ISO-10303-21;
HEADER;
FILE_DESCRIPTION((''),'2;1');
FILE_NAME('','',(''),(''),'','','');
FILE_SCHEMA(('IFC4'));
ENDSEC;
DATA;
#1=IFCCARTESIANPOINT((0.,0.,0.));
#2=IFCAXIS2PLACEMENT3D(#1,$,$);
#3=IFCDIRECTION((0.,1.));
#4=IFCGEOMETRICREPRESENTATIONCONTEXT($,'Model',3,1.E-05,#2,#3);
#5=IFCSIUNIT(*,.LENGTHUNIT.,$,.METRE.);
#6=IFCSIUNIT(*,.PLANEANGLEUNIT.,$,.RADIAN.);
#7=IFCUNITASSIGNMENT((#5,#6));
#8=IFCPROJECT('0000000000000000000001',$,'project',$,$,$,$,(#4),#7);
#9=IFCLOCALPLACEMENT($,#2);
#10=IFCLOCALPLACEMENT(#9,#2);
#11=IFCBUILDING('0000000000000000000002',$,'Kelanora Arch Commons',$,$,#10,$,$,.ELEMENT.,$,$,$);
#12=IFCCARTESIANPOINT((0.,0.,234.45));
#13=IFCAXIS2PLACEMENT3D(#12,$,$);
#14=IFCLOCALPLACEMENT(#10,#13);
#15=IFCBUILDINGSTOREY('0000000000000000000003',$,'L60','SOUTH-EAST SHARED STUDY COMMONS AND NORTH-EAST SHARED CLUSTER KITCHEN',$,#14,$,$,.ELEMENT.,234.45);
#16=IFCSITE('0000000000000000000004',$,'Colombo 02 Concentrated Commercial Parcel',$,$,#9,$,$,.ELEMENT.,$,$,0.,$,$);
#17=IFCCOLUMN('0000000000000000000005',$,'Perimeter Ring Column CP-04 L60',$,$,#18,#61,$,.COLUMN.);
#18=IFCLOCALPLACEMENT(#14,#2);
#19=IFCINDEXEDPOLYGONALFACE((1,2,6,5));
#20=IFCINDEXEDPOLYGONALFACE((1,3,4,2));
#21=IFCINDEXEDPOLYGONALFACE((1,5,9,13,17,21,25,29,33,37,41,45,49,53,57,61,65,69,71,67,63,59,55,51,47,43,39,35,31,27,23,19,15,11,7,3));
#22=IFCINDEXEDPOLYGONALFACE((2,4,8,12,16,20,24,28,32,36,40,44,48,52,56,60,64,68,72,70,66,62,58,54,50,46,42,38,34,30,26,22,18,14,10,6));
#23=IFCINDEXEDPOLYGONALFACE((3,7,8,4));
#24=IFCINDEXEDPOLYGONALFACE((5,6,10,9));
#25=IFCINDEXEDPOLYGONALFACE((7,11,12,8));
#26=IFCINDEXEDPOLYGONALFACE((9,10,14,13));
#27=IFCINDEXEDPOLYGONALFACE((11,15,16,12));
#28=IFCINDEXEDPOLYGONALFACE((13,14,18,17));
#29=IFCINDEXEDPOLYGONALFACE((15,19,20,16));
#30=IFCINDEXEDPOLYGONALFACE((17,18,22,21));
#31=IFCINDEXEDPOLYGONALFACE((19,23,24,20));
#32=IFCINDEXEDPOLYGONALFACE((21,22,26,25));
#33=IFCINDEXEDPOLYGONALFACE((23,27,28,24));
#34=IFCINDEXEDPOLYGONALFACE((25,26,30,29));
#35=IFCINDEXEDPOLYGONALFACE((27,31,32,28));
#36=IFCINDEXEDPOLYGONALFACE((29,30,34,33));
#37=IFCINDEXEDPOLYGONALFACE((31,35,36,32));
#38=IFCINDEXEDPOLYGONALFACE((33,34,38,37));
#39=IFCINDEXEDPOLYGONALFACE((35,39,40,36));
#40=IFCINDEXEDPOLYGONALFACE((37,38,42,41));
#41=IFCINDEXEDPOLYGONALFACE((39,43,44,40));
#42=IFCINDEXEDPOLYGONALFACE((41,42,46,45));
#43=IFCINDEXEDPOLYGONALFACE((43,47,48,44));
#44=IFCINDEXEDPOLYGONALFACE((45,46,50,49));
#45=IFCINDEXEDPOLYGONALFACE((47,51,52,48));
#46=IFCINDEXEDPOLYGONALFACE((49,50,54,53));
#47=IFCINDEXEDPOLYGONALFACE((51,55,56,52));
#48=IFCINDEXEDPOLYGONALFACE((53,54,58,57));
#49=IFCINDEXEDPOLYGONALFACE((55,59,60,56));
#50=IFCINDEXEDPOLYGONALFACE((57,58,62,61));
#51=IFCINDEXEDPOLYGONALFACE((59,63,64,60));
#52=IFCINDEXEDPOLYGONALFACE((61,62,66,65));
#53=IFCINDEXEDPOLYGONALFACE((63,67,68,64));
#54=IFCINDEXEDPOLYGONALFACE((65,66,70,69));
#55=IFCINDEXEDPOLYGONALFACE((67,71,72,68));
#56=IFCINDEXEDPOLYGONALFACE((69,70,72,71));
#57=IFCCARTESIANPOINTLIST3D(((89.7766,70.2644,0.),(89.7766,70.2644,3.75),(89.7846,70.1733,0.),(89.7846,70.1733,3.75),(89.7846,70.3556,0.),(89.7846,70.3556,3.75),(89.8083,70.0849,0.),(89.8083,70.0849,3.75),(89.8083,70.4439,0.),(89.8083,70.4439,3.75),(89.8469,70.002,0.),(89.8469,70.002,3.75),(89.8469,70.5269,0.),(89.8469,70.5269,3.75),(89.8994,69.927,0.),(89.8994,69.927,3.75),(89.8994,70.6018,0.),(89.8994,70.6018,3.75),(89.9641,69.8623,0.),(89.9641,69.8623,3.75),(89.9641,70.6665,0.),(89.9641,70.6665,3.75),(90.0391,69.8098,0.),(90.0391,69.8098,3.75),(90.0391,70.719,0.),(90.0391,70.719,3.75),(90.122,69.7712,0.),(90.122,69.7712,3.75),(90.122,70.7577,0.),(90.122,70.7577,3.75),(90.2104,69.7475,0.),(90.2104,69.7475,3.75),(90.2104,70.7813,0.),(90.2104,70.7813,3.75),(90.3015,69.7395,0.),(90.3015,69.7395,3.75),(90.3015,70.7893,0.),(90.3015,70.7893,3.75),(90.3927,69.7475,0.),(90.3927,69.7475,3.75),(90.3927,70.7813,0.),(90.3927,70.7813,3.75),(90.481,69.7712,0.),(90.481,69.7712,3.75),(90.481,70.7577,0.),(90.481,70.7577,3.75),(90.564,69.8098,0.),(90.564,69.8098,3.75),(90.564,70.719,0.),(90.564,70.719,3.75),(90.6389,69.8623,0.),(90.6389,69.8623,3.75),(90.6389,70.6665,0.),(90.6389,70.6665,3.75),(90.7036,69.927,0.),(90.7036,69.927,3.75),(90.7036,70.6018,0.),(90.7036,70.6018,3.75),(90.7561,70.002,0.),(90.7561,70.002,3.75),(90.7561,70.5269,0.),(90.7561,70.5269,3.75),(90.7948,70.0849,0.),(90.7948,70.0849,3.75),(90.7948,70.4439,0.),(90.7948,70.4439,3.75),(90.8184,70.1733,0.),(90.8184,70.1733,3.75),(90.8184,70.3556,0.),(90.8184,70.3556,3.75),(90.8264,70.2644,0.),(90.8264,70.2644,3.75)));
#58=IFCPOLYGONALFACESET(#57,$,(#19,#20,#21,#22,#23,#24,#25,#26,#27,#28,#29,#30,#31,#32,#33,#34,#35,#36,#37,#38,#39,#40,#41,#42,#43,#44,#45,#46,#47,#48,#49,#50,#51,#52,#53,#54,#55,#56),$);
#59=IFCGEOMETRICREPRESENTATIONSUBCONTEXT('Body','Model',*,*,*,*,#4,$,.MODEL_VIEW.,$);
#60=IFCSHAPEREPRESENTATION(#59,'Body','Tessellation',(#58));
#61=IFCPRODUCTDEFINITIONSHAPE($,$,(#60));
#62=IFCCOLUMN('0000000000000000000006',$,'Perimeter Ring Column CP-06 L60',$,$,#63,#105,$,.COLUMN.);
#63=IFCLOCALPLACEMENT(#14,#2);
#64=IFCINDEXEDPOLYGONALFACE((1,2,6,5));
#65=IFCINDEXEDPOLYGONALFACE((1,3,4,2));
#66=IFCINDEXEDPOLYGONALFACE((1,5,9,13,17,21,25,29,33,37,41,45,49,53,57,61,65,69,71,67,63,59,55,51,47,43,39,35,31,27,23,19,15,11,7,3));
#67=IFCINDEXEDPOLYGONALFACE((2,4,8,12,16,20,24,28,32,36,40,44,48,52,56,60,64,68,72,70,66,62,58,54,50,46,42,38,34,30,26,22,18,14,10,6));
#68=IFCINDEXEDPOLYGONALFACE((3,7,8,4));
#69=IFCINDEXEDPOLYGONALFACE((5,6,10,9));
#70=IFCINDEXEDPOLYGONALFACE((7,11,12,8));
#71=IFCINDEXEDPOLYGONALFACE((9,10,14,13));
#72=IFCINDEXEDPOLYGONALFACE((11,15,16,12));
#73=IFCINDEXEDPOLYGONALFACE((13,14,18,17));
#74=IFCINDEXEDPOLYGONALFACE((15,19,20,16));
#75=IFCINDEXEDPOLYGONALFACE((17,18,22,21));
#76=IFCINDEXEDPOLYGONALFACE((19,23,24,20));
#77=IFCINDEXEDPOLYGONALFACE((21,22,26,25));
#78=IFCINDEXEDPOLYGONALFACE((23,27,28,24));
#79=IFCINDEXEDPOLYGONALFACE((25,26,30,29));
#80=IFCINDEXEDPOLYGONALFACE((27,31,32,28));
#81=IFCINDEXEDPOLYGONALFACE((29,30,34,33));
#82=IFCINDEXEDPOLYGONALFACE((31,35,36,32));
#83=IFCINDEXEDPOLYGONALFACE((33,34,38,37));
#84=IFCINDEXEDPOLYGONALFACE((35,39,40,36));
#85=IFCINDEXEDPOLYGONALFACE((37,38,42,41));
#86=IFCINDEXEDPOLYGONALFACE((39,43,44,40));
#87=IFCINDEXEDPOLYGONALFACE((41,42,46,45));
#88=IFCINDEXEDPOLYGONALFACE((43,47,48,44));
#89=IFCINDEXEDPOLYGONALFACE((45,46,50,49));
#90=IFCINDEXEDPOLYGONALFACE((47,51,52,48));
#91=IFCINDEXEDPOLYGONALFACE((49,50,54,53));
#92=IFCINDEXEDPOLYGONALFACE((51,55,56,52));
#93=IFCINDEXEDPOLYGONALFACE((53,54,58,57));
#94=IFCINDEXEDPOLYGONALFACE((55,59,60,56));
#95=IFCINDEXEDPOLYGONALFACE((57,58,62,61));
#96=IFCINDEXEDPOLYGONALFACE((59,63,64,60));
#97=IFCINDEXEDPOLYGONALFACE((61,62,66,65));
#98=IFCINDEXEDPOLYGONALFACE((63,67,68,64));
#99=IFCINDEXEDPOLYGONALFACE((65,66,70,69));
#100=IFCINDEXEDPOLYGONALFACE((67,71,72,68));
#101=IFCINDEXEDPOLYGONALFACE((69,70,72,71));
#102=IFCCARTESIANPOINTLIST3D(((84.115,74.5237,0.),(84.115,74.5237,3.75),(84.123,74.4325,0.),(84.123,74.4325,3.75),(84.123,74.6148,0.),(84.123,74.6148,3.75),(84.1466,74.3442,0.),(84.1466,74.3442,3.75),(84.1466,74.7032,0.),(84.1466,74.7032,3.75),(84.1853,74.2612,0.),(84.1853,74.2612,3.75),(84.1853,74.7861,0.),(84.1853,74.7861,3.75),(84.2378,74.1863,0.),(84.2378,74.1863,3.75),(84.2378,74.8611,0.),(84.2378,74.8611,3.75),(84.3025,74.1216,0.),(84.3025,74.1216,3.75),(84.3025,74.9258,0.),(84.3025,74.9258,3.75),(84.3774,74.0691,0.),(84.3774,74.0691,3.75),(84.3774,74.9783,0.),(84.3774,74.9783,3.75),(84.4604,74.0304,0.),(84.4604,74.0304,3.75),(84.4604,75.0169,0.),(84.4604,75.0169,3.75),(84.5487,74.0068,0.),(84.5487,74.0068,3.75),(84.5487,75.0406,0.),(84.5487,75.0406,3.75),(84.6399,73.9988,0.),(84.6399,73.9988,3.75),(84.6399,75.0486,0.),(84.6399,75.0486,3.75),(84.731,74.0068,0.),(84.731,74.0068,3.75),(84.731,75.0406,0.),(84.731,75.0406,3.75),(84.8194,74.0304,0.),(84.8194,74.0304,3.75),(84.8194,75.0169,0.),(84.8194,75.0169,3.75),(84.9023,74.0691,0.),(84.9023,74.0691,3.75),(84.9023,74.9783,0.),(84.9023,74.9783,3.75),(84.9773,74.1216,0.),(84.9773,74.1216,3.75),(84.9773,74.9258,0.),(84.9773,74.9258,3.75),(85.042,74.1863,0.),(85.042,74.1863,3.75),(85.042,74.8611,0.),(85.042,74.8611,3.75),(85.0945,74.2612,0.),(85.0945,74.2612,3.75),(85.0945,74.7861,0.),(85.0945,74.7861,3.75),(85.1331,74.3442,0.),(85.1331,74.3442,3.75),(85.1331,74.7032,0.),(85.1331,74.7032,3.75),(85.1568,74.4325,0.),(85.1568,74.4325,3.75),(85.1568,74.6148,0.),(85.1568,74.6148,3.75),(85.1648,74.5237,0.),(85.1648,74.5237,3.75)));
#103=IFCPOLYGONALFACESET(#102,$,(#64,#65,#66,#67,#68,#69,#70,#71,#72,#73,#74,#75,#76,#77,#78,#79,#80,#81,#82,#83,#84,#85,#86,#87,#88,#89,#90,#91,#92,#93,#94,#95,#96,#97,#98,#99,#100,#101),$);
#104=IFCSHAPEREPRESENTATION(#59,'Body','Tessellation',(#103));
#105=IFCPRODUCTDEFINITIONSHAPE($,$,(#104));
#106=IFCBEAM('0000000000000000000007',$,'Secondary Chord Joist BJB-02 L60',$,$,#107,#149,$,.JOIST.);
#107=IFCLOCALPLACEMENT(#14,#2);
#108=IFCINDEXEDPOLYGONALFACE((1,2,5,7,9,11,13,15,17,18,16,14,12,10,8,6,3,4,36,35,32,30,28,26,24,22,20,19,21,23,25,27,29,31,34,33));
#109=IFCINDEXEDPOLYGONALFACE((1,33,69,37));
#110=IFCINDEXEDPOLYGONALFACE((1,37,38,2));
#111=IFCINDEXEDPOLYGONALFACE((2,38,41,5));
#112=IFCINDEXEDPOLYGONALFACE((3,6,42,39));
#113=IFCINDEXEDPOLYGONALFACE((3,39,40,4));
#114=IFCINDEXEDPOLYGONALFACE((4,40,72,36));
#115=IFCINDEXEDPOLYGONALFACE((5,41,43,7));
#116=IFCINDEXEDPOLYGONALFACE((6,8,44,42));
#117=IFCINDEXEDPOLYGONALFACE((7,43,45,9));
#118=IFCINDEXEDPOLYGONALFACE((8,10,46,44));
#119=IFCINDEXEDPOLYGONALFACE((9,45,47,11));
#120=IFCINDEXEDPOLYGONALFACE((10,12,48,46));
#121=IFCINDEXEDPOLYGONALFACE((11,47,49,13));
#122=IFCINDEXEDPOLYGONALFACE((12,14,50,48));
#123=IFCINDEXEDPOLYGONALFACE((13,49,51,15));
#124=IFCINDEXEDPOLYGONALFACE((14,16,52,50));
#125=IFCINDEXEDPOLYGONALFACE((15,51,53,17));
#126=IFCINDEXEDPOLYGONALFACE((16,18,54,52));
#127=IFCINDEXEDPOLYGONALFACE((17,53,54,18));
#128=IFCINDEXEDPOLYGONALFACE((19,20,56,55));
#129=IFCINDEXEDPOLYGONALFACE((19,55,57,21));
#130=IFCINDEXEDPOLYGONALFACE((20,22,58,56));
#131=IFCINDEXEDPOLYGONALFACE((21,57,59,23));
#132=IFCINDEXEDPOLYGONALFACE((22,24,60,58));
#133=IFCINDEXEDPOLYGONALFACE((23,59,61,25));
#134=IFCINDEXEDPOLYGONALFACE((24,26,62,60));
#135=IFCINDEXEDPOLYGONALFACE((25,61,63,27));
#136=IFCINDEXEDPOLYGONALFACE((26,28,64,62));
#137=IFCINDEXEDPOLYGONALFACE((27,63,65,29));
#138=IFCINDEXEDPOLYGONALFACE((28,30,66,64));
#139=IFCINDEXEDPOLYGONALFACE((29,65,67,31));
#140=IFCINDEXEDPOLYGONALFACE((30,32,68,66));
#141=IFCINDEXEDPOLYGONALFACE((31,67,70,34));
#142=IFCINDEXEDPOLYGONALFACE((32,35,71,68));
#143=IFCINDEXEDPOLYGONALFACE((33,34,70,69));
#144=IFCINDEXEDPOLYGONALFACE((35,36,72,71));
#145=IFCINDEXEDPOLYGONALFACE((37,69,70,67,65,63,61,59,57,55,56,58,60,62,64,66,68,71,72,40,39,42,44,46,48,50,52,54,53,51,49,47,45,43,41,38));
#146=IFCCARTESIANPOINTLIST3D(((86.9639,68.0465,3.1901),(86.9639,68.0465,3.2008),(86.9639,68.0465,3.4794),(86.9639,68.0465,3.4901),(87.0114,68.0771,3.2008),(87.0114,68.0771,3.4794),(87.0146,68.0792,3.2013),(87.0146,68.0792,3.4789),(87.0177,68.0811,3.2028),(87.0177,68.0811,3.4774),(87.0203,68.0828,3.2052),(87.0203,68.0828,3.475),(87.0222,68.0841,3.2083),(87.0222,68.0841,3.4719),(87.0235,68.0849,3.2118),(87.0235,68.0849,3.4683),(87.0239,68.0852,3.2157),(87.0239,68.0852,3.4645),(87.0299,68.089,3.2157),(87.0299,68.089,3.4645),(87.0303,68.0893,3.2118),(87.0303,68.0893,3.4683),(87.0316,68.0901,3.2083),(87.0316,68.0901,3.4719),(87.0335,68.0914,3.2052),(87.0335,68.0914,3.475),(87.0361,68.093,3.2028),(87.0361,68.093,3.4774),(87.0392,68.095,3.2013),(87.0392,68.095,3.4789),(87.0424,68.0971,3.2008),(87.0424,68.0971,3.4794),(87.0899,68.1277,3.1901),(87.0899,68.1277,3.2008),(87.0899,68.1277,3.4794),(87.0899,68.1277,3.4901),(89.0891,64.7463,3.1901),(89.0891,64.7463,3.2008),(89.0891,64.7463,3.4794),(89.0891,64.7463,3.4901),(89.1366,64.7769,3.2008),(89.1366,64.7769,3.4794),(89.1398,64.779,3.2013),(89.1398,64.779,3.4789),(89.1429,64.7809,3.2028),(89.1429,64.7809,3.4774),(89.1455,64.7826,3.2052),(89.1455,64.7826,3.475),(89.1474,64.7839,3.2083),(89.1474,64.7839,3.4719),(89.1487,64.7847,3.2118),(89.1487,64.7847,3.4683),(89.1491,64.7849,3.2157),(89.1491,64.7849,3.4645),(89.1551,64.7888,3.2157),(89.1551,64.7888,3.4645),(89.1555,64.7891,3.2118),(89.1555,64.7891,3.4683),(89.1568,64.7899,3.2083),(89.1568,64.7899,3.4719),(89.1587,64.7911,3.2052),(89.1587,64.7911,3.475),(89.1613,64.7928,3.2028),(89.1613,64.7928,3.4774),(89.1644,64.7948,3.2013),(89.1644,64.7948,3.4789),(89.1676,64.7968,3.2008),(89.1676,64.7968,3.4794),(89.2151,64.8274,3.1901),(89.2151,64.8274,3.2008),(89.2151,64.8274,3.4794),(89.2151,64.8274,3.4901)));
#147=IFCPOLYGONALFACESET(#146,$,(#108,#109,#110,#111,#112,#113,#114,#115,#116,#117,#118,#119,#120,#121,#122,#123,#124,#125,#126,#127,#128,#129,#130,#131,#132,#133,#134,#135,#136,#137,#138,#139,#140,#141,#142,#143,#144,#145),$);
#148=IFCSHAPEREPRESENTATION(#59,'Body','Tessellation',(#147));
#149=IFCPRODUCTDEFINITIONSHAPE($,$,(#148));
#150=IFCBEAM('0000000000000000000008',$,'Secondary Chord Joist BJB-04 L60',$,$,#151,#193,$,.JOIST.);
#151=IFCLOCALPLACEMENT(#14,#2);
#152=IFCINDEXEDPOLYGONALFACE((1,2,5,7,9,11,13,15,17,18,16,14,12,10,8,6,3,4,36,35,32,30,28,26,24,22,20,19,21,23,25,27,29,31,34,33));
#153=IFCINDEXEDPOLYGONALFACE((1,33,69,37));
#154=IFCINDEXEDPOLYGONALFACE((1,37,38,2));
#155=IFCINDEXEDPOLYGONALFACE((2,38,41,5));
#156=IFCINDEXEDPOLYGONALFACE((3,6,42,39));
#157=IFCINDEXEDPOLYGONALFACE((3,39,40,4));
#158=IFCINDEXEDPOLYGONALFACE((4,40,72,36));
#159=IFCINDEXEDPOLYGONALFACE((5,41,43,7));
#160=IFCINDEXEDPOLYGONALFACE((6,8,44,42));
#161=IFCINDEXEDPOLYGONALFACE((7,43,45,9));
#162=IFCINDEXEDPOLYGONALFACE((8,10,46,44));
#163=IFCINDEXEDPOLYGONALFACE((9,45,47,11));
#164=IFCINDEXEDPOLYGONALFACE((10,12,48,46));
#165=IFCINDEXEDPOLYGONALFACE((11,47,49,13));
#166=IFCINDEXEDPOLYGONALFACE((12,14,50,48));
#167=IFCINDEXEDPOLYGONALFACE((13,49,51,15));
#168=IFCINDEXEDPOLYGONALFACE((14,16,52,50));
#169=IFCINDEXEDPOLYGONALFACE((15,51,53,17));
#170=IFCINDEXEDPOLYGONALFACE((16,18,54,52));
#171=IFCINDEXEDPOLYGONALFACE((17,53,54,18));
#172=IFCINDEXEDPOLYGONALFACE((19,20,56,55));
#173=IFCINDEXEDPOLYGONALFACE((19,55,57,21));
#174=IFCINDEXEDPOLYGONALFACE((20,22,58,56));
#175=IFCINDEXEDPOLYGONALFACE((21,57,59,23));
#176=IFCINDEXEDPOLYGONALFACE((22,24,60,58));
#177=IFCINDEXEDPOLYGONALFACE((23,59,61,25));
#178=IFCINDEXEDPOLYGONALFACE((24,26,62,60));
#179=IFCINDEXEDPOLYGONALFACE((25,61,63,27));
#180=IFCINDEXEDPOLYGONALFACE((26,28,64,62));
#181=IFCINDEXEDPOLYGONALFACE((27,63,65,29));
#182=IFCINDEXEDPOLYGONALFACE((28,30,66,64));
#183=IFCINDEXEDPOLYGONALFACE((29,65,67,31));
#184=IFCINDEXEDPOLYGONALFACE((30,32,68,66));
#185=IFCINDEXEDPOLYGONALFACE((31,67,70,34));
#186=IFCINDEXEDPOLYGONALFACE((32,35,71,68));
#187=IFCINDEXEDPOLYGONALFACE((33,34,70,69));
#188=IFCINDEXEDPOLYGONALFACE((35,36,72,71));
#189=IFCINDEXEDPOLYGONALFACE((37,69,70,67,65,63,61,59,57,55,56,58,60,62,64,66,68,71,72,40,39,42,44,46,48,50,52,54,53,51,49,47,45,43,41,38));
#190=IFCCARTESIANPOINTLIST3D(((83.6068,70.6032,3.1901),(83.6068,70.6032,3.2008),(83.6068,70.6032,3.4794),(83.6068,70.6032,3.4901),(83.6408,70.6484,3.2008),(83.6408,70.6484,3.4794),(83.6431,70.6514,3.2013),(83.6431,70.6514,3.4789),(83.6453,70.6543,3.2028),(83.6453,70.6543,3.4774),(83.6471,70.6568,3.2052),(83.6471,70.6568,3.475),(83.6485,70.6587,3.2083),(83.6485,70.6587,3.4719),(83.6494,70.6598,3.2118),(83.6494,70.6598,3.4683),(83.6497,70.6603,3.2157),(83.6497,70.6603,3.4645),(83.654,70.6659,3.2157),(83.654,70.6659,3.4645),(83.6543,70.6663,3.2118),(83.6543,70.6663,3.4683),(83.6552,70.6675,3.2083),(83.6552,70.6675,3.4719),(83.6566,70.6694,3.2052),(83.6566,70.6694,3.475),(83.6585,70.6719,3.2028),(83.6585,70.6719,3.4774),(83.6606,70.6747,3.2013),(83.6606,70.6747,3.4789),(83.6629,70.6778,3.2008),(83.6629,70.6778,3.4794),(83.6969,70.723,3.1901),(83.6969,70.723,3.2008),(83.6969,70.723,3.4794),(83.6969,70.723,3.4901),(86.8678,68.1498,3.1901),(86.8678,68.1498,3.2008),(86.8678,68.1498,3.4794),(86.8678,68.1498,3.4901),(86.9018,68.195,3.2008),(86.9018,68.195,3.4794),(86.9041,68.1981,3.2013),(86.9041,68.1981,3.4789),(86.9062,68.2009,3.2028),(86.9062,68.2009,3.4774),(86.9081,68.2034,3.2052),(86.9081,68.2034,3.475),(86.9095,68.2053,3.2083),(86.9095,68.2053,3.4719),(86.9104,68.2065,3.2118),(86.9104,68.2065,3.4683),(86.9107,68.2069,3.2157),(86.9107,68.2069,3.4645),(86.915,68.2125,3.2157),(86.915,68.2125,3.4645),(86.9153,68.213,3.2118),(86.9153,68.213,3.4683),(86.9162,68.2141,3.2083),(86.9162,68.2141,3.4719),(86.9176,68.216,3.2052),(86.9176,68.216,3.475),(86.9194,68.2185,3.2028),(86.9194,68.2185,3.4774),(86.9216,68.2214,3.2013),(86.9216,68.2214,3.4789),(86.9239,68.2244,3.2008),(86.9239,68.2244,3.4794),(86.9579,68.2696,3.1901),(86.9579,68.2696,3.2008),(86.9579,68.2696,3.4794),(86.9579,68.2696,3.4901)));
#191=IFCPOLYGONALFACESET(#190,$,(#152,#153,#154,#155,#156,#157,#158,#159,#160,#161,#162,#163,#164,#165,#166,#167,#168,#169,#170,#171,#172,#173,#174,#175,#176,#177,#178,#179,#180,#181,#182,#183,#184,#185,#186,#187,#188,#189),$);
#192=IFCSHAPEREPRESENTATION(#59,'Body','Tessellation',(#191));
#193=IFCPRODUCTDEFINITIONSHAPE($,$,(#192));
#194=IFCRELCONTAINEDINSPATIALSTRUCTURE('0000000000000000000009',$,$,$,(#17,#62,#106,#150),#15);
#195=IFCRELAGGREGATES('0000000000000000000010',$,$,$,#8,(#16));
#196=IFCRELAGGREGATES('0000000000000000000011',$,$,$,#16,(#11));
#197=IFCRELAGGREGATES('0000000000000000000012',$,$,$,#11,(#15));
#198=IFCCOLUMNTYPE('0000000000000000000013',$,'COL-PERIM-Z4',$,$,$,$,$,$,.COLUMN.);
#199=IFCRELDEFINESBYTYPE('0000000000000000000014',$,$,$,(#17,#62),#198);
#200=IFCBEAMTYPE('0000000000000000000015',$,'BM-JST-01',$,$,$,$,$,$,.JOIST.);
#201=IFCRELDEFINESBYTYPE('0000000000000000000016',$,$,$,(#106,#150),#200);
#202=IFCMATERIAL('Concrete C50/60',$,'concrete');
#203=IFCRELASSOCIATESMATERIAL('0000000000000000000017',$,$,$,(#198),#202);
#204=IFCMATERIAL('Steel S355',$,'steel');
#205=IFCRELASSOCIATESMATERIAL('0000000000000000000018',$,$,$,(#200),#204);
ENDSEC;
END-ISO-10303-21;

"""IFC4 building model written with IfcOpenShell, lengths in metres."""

from ifc_helpers import new_model, si_unit, direction, frame, origin, origin_2d, place, context, subcontext, project, spatial, circle, i_section, extrude, material, material_profile, profile_set, type_object, element, save


model = new_model("IFC4")

# Units and contexts
model_context = context("Model", 3, precision=1e-05, world=origin(), true_north=direction((0.0, 1.0)))
body_context = subcontext(model_context, "Body", "Model", "MODEL_VIEW")
ifc_project = project(units=[si_unit("LENGTHUNIT", "METRE"), si_unit("PLANEANGLEUNIT", "RADIAN")], contexts=[model_context])

# Site, building, storey
site_placement = place(None, origin())
site = spatial("IfcSite", under=ifc_project, at=site_placement, Name="Colombo 02 Concentrated Commercial Parcel", CompositionType="ELEMENT", RefElevation=0.0)
building_placement = place(site_placement, origin())
building = spatial("IfcBuilding", under=site, at=building_placement, Name="Kelanora Arch Commons", CompositionType="ELEMENT")
storey_placement = place(building_placement, frame((0.0, 0.0, 234.45)))
storey = spatial("IfcBuildingStorey", under=building, at=storey_placement, Name="L60", Description="SOUTH-EAST SHARED STUDY COMMONS AND NORTH-EAST SHARED CLUSTER KITCHEN", CompositionType="ELEMENT", Elevation=234.45)

# Columns
ifc_material_1 = material(Name="Concrete C50/60", Category="concrete")
ifc_material_profile_1 = material_profile(ifc_material_1, circle(Radius=0.5249, at=origin_2d()), Name="RCC1050")
ifc_profile_set_1 = profile_set([ifc_material_profile_1], Name="Concrete C50/60")
column_type = type_object("IfcColumnType", Name="COL-PERIM-Z4", PredefinedType="COLUMN", material=ifc_profile_set_1)
for number, where, z_axis, x_axis, name in (
    (1, (90.3015, 70.2644, 0.0), (0.0, 0.0, 1.0), (1.0, 0.0, 0.0), "Perimeter Ring Column CP-04 L60"),
    (2, (84.6399, 74.5237, 0.0), (0.0, 0.0, 1.0), (1.0, 0.0, 0.0), "Perimeter Ring Column CP-06 L60"),
):
    element("IfcColumn", number, at=place(storey_placement, frame(where, z_axis=z_axis, x_axis=x_axis)), inside=storey, type_object=column_type, Name=name, PredefinedType="COLUMN", context=body_context, shape_type="SweptSolid", body=[
        extrude(circle(Radius=0.5249, at=origin_2d()), origin(), (0.0, 0.0, 1.0), 3.75),
    ])

# Beams
ifc_material_2 = material(Name="Steel S355", Category="steel")
ifc_material_profile_2 = material_profile(ifc_material_2, i_section(OverallWidth=0.1499, OverallDepth=0.3, WebThickness=0.0071, FlangeThickness=0.0107, FilletRadius=0.0149, at=origin_2d()), Name="IPE300")
ifc_profile_set_2 = profile_set([ifc_material_profile_2], Name="Steel S355")
beam_type_1 = type_object("IfcBeamType", Name="BM-JST-01", PredefinedType="JOIST", material=ifc_profile_set_2)
beam_1_placement = place(storey_placement, frame((89.1521, 64.7869, 3.3401), z_axis=(-0.541411, 0.840758, 0.0), x_axis=(-0.840758, -0.541411, 0.0)))
element("IfcBeam", 3, at=beam_1_placement, inside=storey, type_object=beam_type_1, Name="Secondary Chord Joist BJB-02 L60", PredefinedType="JOIST", context=body_context, shape_type="SweptSolid", body=[
    extrude(i_section(OverallWidth=0.1499, OverallDepth=0.3, WebThickness=0.0071, FlangeThickness=0.0107, FilletRadius=0.0149, at=origin_2d()), origin(), (0.0, 0.0, 1.0), 3.9253),
])
beam_2_placement = place(storey_placement, frame((86.9128, 68.2097, 3.3401), z_axis=(-0.799102, 0.601196, 0.0), x_axis=(-0.601196, -0.799102, 0.0)))
element("IfcBeam", 4, at=beam_2_placement, inside=storey, type_object=beam_type_1, Name="Secondary Chord Joist BJB-04 L60", PredefinedType="JOIST", context=body_context, shape_type="SweptSolid", body=[
    extrude(i_section(OverallWidth=0.1499, OverallDepth=0.3, WebThickness=0.0071, FlangeThickness=0.0107, FilletRadius=0.0149, at=origin_2d()), origin(), (0.0, 0.0, 1.0), 4.0808),
])

save(model, "model.ifc")
